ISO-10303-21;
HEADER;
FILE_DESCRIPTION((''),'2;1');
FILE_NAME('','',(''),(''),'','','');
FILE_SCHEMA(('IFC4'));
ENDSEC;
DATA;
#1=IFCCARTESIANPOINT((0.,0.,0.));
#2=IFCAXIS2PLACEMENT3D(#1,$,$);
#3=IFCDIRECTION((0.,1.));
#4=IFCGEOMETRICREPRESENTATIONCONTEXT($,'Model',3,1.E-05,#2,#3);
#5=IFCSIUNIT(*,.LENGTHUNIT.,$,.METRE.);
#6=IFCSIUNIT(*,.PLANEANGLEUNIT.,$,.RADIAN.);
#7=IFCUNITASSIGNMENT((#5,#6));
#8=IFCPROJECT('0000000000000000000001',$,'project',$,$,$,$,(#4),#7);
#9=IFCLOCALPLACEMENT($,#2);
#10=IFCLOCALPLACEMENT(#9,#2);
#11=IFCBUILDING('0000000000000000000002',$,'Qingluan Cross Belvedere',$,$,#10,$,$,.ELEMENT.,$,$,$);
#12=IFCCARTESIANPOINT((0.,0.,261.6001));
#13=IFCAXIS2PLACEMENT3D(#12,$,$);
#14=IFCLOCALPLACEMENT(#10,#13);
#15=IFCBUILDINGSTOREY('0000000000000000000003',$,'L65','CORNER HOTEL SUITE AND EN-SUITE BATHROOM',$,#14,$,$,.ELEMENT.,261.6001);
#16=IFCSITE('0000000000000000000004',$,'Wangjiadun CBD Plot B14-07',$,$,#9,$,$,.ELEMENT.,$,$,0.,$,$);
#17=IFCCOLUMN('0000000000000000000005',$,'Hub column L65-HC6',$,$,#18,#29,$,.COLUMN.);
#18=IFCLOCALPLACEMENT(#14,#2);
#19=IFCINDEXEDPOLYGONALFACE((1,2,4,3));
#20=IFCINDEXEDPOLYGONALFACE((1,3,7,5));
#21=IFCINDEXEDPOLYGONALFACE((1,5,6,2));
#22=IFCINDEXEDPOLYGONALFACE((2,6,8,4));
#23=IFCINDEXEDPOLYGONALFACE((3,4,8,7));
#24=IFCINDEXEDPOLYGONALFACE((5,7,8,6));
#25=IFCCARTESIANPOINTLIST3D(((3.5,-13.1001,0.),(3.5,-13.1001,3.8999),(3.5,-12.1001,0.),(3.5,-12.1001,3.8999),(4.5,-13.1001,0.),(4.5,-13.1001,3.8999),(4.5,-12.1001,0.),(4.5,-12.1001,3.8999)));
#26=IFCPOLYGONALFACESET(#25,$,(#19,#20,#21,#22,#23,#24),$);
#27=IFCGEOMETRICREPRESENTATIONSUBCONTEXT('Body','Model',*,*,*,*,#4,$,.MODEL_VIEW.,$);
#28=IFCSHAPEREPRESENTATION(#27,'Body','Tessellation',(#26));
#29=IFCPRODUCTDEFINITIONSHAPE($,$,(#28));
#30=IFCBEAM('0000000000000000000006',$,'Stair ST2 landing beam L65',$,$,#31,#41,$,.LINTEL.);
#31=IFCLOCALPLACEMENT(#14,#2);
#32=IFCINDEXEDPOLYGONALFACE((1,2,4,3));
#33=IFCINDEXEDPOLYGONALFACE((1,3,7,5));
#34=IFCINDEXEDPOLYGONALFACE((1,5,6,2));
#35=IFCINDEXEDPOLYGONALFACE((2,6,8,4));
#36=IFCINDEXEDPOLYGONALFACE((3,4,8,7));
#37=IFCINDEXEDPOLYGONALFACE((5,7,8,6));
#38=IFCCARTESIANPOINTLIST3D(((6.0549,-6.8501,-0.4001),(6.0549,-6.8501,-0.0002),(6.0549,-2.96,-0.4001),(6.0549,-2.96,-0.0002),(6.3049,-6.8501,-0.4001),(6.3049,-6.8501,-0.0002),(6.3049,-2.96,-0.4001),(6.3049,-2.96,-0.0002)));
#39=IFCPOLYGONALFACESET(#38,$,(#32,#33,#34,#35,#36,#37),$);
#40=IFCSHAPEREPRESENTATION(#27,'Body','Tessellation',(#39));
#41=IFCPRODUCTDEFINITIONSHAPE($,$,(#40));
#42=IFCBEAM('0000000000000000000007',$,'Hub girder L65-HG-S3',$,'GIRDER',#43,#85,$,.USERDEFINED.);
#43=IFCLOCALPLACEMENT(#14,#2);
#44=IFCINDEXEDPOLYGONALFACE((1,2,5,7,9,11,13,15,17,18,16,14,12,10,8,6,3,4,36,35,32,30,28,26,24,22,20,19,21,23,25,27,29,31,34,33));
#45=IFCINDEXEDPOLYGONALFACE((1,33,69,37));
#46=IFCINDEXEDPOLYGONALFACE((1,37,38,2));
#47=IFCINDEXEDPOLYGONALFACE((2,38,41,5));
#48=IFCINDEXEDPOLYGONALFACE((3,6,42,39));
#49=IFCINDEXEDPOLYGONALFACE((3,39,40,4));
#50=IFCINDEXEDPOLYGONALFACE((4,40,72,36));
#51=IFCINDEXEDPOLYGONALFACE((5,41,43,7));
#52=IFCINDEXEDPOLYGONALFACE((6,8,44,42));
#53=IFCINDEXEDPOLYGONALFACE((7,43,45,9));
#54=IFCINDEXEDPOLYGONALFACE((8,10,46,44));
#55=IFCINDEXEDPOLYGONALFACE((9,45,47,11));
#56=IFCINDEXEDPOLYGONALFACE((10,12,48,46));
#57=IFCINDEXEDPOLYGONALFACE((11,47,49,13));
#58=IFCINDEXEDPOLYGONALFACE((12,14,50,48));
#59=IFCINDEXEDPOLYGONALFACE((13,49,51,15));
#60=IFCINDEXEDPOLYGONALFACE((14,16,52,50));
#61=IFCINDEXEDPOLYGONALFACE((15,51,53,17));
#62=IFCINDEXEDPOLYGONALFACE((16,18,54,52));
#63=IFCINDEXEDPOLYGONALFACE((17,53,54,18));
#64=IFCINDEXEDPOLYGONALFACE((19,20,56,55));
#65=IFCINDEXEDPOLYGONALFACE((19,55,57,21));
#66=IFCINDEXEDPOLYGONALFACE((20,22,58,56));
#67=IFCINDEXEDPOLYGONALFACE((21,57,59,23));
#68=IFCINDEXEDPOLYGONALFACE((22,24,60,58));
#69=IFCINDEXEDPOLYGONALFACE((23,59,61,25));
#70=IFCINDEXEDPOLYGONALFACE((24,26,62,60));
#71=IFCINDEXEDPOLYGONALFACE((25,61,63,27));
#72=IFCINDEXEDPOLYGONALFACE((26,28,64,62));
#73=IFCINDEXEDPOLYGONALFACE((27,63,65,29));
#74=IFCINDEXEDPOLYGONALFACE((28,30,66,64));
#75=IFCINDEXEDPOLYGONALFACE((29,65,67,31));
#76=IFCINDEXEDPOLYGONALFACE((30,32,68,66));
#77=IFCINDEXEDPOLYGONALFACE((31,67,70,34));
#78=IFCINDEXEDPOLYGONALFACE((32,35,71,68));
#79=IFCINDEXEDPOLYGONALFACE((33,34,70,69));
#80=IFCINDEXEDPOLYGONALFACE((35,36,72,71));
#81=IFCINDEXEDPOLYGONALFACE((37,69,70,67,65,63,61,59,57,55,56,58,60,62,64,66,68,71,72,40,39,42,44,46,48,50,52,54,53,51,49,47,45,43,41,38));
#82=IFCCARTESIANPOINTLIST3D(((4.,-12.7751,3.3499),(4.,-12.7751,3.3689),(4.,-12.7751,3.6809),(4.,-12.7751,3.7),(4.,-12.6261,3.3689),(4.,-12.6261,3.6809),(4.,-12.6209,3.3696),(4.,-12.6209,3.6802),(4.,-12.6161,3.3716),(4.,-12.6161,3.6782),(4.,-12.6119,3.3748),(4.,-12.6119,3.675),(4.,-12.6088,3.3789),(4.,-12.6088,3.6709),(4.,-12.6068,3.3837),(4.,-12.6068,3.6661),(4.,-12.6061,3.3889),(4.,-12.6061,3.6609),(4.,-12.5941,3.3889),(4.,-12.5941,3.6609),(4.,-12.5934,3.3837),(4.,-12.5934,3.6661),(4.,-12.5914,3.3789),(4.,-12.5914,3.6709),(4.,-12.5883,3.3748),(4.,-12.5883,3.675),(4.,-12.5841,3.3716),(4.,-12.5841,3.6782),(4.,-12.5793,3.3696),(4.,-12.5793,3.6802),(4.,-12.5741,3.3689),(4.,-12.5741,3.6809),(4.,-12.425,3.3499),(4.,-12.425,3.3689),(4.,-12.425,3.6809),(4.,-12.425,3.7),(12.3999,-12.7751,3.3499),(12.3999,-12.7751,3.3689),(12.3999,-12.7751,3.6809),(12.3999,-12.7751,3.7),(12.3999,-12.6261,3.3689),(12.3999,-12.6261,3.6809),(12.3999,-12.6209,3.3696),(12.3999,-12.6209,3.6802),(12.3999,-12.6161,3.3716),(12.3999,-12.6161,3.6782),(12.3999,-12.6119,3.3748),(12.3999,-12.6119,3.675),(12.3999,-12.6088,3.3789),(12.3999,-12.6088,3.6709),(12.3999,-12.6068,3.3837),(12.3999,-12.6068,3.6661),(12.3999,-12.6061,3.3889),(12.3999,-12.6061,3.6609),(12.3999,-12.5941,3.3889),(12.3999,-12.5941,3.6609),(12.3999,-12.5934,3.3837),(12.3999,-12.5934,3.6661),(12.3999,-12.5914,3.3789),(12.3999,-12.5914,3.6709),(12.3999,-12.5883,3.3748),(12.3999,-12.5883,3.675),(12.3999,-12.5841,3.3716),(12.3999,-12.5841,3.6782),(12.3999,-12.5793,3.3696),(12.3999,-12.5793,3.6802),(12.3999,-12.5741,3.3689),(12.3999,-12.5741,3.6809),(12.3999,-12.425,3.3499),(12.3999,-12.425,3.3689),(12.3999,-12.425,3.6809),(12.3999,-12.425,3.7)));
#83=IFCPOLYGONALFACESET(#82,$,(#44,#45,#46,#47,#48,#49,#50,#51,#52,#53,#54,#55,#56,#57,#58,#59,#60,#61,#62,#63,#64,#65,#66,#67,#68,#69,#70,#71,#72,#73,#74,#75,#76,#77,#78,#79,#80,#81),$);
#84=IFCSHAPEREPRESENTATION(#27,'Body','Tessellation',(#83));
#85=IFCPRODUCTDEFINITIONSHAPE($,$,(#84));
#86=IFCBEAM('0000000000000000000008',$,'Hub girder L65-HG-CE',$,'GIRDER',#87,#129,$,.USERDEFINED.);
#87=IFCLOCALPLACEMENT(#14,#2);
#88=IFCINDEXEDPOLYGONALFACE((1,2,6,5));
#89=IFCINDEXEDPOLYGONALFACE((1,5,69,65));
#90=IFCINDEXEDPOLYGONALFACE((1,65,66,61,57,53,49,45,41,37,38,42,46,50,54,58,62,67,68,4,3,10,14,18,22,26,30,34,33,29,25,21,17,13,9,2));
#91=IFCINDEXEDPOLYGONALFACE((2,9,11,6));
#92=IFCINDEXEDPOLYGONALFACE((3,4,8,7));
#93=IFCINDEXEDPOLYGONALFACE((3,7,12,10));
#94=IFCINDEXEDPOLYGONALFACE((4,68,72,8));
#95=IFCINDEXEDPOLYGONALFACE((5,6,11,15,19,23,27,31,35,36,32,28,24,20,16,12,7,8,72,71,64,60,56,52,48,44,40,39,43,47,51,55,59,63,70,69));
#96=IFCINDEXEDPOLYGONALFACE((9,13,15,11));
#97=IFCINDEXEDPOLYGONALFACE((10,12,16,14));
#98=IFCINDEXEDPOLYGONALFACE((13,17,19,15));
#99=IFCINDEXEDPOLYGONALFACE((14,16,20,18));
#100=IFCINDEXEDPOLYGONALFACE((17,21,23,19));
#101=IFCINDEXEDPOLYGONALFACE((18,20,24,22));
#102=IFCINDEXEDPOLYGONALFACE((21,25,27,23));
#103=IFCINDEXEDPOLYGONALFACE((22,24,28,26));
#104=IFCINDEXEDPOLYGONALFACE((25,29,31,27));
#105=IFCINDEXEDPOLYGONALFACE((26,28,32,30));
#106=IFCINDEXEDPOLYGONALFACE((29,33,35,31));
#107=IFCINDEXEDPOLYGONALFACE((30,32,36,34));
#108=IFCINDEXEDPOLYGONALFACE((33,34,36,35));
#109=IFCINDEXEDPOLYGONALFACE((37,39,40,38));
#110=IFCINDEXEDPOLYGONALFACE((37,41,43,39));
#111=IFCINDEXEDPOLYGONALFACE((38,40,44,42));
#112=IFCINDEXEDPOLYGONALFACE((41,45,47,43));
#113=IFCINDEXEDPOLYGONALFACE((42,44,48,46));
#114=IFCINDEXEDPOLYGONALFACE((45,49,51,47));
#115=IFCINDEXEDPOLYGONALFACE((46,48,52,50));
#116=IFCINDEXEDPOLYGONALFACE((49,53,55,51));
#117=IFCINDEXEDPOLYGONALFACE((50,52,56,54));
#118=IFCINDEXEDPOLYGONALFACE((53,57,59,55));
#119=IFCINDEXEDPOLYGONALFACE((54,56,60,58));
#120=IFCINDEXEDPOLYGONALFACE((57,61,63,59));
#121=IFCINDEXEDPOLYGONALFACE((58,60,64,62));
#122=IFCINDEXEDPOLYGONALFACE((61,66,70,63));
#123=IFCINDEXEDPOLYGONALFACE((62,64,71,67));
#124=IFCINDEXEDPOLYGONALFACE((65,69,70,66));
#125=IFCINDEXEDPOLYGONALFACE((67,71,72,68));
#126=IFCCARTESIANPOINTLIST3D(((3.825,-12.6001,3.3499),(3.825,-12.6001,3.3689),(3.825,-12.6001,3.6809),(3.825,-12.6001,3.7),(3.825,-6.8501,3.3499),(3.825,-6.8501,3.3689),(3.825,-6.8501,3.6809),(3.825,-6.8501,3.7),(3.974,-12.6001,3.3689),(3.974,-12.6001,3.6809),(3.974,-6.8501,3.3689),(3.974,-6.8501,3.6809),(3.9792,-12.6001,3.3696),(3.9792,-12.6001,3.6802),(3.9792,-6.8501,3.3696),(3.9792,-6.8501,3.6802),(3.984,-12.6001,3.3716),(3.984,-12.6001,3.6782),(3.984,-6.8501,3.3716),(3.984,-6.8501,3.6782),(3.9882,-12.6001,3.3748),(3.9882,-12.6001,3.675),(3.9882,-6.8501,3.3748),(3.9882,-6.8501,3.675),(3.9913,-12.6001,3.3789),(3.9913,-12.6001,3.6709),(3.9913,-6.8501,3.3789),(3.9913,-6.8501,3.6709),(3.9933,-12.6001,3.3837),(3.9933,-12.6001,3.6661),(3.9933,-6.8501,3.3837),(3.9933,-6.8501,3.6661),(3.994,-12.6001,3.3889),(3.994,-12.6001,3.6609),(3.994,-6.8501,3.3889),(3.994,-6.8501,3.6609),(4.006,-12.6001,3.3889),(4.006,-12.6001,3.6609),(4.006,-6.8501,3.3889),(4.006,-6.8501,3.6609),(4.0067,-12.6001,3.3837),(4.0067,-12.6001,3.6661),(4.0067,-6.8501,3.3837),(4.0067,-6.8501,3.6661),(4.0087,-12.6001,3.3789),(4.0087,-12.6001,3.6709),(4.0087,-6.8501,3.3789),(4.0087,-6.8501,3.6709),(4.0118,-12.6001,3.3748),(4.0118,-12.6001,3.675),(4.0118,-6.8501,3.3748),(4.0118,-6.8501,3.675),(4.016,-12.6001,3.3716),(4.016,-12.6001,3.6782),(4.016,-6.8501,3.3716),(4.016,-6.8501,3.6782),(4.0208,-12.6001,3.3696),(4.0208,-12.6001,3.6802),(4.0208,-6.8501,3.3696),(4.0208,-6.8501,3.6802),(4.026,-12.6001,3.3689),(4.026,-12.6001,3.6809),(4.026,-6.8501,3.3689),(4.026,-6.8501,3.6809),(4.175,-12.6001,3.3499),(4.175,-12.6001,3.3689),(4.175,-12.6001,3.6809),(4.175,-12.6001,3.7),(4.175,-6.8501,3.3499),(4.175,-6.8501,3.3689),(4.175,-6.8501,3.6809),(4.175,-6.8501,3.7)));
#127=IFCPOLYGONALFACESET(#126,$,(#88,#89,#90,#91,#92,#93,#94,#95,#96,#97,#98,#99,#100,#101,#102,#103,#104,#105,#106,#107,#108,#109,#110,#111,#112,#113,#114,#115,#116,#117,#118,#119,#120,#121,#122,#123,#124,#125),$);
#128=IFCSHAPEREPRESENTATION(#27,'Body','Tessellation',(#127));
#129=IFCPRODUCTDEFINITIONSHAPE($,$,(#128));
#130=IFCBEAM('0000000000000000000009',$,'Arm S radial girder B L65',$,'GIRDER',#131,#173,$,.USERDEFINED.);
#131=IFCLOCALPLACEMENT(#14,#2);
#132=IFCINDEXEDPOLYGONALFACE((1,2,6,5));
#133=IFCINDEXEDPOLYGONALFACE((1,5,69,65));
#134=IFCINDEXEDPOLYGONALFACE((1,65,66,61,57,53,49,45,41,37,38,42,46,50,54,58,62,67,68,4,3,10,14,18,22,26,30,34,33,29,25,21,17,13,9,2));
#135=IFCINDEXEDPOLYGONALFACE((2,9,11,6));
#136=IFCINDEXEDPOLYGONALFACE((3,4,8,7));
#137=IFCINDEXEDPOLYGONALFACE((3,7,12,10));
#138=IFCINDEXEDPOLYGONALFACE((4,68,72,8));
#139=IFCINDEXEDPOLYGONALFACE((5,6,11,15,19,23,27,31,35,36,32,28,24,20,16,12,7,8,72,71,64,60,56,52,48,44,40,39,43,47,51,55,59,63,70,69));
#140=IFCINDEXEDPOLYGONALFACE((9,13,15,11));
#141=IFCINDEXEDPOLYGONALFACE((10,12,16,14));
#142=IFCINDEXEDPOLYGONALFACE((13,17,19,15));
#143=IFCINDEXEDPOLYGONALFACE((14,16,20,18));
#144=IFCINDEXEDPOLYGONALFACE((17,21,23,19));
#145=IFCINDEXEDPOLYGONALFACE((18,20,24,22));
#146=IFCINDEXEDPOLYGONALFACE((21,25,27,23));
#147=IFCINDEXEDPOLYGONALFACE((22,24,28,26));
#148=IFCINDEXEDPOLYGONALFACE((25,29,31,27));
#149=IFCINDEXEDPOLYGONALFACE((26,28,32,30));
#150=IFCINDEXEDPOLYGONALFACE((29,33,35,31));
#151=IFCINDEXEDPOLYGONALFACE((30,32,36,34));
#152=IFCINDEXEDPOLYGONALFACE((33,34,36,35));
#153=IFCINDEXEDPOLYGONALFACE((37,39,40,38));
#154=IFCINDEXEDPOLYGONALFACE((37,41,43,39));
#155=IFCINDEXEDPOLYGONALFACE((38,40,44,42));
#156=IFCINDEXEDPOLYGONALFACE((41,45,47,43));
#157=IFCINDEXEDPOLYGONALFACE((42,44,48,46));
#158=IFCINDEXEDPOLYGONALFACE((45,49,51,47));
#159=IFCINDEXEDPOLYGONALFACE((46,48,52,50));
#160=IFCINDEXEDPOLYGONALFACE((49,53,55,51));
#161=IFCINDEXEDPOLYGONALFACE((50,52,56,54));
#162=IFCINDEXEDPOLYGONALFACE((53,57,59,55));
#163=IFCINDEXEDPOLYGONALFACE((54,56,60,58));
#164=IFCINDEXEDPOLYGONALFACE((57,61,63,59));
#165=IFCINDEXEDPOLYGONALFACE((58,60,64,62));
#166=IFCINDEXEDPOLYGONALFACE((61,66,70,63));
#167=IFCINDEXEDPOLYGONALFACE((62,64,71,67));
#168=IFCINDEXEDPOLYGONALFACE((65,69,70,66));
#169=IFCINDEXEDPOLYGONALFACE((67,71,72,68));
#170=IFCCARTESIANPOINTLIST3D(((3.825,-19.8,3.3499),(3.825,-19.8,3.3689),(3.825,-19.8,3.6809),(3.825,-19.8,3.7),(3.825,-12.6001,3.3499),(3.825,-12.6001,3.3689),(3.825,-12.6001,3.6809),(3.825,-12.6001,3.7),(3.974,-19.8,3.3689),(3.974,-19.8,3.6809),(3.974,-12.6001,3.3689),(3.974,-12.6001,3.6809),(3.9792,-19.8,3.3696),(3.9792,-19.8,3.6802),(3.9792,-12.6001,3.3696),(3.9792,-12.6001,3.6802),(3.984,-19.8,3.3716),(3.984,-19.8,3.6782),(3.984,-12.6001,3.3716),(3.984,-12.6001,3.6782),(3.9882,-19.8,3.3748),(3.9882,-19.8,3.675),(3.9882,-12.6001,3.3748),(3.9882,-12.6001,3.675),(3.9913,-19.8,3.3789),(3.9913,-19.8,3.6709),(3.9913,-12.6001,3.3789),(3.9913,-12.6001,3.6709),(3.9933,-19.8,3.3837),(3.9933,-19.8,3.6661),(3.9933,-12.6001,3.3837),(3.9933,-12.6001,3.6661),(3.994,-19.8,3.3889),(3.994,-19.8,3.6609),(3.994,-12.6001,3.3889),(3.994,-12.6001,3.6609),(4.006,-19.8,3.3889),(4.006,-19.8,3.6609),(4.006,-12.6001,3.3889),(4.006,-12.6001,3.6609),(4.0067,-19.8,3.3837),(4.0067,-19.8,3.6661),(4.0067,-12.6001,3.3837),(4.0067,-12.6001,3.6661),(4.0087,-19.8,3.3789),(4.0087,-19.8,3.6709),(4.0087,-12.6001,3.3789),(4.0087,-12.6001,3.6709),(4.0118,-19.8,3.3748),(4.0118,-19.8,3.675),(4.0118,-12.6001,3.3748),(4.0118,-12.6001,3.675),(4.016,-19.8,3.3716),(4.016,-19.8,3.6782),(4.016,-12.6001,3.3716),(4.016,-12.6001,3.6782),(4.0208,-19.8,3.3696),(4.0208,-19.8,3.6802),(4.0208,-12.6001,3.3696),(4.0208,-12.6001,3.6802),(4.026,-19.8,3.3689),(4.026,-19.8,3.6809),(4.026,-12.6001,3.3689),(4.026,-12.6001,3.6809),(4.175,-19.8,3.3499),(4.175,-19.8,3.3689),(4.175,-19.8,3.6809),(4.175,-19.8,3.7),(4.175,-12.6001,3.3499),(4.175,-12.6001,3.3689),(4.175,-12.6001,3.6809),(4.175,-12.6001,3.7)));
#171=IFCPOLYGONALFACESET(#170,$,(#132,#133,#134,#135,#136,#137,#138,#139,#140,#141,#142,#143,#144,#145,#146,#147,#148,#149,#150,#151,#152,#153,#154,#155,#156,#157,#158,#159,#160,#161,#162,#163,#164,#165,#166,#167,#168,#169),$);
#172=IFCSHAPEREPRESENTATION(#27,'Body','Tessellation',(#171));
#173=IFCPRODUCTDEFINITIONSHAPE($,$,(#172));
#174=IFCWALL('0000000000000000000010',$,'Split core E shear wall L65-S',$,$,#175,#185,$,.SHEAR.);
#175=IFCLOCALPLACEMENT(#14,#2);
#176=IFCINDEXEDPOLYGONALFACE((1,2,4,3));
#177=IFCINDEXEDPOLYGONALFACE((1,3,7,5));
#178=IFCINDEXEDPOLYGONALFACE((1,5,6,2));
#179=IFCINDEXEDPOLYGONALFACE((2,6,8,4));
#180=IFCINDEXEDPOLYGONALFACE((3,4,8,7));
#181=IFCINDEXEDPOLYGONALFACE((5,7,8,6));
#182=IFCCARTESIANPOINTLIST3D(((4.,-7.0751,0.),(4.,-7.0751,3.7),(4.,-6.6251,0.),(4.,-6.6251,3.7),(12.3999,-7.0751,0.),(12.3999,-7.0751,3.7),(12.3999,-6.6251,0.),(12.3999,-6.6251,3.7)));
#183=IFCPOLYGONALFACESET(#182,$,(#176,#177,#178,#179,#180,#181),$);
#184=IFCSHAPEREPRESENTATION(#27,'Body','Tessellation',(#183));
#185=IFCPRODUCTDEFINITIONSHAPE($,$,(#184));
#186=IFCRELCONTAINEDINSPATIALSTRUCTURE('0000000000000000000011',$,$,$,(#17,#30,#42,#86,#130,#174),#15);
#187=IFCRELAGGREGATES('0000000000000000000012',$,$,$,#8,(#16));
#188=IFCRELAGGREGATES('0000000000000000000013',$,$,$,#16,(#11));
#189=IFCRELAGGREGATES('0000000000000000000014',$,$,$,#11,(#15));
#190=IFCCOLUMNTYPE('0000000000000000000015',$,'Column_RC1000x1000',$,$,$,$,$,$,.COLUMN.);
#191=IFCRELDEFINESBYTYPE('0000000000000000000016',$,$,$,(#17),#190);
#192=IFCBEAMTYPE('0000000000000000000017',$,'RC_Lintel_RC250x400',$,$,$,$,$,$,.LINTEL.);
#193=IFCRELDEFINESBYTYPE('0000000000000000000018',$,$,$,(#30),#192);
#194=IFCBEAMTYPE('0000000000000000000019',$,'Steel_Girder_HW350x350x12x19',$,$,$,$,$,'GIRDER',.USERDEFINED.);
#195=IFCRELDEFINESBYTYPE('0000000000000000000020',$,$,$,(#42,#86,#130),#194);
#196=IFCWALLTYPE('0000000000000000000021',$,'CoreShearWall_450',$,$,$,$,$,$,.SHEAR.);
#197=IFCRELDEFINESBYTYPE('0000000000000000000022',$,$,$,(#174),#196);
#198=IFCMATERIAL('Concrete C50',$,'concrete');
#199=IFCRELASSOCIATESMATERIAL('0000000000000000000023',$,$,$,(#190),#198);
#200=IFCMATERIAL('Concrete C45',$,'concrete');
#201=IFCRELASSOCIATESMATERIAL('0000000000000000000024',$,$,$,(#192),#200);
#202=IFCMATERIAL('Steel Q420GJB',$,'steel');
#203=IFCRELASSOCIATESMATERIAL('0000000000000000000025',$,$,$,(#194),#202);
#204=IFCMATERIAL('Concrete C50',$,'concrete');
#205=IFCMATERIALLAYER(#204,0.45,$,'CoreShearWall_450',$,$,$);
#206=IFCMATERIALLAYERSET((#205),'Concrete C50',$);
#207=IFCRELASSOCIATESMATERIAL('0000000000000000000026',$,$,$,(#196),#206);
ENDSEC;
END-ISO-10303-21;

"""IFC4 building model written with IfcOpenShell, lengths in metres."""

from ifc_helpers import new_model, si_unit, direction, frame, frame_2d, origin, origin_2d, place, context, subcontext, project, spatial, rectangle, i_section, extrude, material, layer, layer_set, material_profile, profile_set, type_object, element, save


model = new_model("IFC4")

# Units and contexts
model_context = context("Model", 3, precision=1e-05, world=origin(), true_north=direction((0.0, 1.0)))
body_context = subcontext(model_context, "Body", "Model", "MODEL_VIEW")
ifc_project = project(units=[si_unit("LENGTHUNIT", "METRE"), si_unit("PLANEANGLEUNIT", "RADIAN")], contexts=[model_context])

# Site, building, storey
site_placement = place(None, origin())
site = spatial("IfcSite", under=ifc_project, at=site_placement, Name="Wangjiadun CBD Plot B14-07", CompositionType="ELEMENT", RefElevation=0.0)
building_placement = place(site_placement, origin())
building = spatial("IfcBuilding", under=site, at=building_placement, Name="Qingluan Cross Belvedere", CompositionType="ELEMENT")
storey_placement = place(building_placement, frame((0.0, 0.0, 261.6001)))
storey = spatial("IfcBuildingStorey", under=building, at=storey_placement, Name="L65", Description="CORNER HOTEL SUITE AND EN-SUITE BATHROOM", CompositionType="ELEMENT", Elevation=261.6001)

# Column
ifc_material_1 = material(Name="Concrete C50", Category="concrete")
ifc_material_profile_1 = material_profile(ifc_material_1, rectangle(XDim=1.0, YDim=1.0, at=origin_2d()), Name="RC1000x1000")
ifc_profile_set_1 = profile_set([ifc_material_profile_1], Name="Concrete C50")
column_type = type_object("IfcColumnType", Name="Column_RC1000x1000", PredefinedType="COLUMN", material=ifc_profile_set_1)
column_placement = place(storey_placement, frame((4.0, -12.6001, 0.0), z_axis=(0.0, 0.0, 1.0), x_axis=(1.0, 0.0, 0.0)))
element("IfcColumn", 1, at=column_placement, inside=storey, type_object=column_type, Name="Hub column L65-HC6", PredefinedType="COLUMN", context=body_context, shape_type="SweptSolid", body=[
    extrude(rectangle(XDim=1.0, YDim=1.0, at=origin_2d()), origin(), (0.0, 0.0, 1.0), 3.8999),
])

# Beams
ifc_material_2 = material(Name="Concrete C45", Category="concrete")
ifc_material_profile_2 = material_profile(ifc_material_2, rectangle(XDim=0.25, YDim=0.3999, at=origin_2d()), Name="RC250x400")
ifc_profile_set_2 = profile_set([ifc_material_profile_2], Name="Concrete C45")
beam_type_1 = type_object("IfcBeamType", Name="RC_Lintel_RC250x400", PredefinedType="LINTEL", material=ifc_profile_set_2)
beam_1_placement = place(storey_placement, frame((6.1799, -6.8501, -0.2002), z_axis=(0.0, 1.0, 0.0), x_axis=(-1.0, 0.0, 0.0)))
element("IfcBeam", 2, at=beam_1_placement, inside=storey, type_object=beam_type_1, Name="Stair ST2 landing beam L65", PredefinedType="LINTEL", context=body_context, shape_type="SweptSolid", body=[
    extrude(rectangle(XDim=0.25, YDim=0.3999, at=origin_2d()), origin(), (0.0, 0.0, 1.0), 3.8901),
])
ifc_material_3 = material(Name="Steel Q420GJB", Category="steel")
ifc_material_profile_3 = material_profile(ifc_material_3, i_section(OverallWidth=0.3501, OverallDepth=0.3501, WebThickness=0.012, FlangeThickness=0.019, FilletRadius=0.02, at=origin_2d()), Name="HW350x350x12x19")
ifc_profile_set_3 = profile_set([ifc_material_profile_3], Name="Steel Q420GJB")
beam_type_2 = type_object("IfcBeamType", Name="Steel_Girder_HW350x350x12x19", ElementType="GIRDER", PredefinedType="USERDEFINED", material=ifc_profile_set_3)
beam_2_placement = place(storey_placement, frame((4.0, -12.6001, 3.5249), z_axis=(1.0, 0.0, 0.0), x_axis=(0.0, 1.0, 0.0)))
element("IfcBeam", 3, at=beam_2_placement, inside=storey, type_object=beam_type_2, Name="Hub girder L65-HG-S3", ObjectType="GIRDER", PredefinedType="USERDEFINED", context=body_context, shape_type="SweptSolid", body=[
    extrude(i_section(OverallWidth=0.3501, OverallDepth=0.3501, WebThickness=0.012, FlangeThickness=0.019, FilletRadius=0.02, at=origin_2d()), origin(), (0.0, 0.0, 1.0), 8.3999),
])
beam_3_placement = place(storey_placement, frame((4.0, -12.6001, 3.5249), z_axis=(0.0, 1.0, 0.0), x_axis=(-1.0, 0.0, 0.0)))
element("IfcBeam", 4, at=beam_3_placement, inside=storey, type_object=beam_type_2, Name="Hub girder L65-HG-CE", ObjectType="GIRDER", PredefinedType="USERDEFINED", context=body_context, shape_type="SweptSolid", body=[
    extrude(i_section(OverallWidth=0.3501, OverallDepth=0.3501, WebThickness=0.012, FlangeThickness=0.019, FilletRadius=0.02, at=origin_2d()), origin(), (0.0, 0.0, 1.0), 5.75),
])
beam_4_placement = place(storey_placement, frame((4.0, -12.6001, 3.5249), z_axis=(0.0, -1.0, 0.0), x_axis=(1.0, 0.0, 0.0)))
element("IfcBeam", 5, at=beam_4_placement, inside=storey, type_object=beam_type_2, Name="Arm S radial girder B L65", ObjectType="GIRDER", PredefinedType="USERDEFINED", context=body_context, shape_type="SweptSolid", body=[
    extrude(i_section(OverallWidth=0.3501, OverallDepth=0.3501, WebThickness=0.012, FlangeThickness=0.019, FilletRadius=0.02, at=origin_2d()), origin(), (0.0, 0.0, 1.0), 7.2),
])

# Wall
ifc_material_4 = material(Name="Concrete C50", Category="concrete")
ifc_layer_1 = layer(ifc_material_4, 0.45, Name="CoreShearWall_450")
ifc_layer_set_1 = layer_set([ifc_layer_1], Name="Concrete C50")
wall_type_1 = type_object("IfcWallType", Name="CoreShearWall_450", PredefinedType="SHEAR", material=ifc_layer_set_1)
wall_1_placement = place(storey_placement, frame((4.0, -6.8501, 0.0), z_axis=(0.0, 0.0, 1.0), x_axis=(1.0, 0.0, 0.0)))
element("IfcWall", 6, at=wall_1_placement, inside=storey, type_object=wall_type_1, Name="Split core E shear wall L65-S", PredefinedType="SHEAR", context=body_context, shape_type="SweptSolid", body=[
    extrude(rectangle(XDim=8.3999, YDim=0.45, at=frame_2d((4.2, 0.0))), origin(), (0.0, 0.0, 1.0), 3.7),
])

save(model, "model.ifc")
